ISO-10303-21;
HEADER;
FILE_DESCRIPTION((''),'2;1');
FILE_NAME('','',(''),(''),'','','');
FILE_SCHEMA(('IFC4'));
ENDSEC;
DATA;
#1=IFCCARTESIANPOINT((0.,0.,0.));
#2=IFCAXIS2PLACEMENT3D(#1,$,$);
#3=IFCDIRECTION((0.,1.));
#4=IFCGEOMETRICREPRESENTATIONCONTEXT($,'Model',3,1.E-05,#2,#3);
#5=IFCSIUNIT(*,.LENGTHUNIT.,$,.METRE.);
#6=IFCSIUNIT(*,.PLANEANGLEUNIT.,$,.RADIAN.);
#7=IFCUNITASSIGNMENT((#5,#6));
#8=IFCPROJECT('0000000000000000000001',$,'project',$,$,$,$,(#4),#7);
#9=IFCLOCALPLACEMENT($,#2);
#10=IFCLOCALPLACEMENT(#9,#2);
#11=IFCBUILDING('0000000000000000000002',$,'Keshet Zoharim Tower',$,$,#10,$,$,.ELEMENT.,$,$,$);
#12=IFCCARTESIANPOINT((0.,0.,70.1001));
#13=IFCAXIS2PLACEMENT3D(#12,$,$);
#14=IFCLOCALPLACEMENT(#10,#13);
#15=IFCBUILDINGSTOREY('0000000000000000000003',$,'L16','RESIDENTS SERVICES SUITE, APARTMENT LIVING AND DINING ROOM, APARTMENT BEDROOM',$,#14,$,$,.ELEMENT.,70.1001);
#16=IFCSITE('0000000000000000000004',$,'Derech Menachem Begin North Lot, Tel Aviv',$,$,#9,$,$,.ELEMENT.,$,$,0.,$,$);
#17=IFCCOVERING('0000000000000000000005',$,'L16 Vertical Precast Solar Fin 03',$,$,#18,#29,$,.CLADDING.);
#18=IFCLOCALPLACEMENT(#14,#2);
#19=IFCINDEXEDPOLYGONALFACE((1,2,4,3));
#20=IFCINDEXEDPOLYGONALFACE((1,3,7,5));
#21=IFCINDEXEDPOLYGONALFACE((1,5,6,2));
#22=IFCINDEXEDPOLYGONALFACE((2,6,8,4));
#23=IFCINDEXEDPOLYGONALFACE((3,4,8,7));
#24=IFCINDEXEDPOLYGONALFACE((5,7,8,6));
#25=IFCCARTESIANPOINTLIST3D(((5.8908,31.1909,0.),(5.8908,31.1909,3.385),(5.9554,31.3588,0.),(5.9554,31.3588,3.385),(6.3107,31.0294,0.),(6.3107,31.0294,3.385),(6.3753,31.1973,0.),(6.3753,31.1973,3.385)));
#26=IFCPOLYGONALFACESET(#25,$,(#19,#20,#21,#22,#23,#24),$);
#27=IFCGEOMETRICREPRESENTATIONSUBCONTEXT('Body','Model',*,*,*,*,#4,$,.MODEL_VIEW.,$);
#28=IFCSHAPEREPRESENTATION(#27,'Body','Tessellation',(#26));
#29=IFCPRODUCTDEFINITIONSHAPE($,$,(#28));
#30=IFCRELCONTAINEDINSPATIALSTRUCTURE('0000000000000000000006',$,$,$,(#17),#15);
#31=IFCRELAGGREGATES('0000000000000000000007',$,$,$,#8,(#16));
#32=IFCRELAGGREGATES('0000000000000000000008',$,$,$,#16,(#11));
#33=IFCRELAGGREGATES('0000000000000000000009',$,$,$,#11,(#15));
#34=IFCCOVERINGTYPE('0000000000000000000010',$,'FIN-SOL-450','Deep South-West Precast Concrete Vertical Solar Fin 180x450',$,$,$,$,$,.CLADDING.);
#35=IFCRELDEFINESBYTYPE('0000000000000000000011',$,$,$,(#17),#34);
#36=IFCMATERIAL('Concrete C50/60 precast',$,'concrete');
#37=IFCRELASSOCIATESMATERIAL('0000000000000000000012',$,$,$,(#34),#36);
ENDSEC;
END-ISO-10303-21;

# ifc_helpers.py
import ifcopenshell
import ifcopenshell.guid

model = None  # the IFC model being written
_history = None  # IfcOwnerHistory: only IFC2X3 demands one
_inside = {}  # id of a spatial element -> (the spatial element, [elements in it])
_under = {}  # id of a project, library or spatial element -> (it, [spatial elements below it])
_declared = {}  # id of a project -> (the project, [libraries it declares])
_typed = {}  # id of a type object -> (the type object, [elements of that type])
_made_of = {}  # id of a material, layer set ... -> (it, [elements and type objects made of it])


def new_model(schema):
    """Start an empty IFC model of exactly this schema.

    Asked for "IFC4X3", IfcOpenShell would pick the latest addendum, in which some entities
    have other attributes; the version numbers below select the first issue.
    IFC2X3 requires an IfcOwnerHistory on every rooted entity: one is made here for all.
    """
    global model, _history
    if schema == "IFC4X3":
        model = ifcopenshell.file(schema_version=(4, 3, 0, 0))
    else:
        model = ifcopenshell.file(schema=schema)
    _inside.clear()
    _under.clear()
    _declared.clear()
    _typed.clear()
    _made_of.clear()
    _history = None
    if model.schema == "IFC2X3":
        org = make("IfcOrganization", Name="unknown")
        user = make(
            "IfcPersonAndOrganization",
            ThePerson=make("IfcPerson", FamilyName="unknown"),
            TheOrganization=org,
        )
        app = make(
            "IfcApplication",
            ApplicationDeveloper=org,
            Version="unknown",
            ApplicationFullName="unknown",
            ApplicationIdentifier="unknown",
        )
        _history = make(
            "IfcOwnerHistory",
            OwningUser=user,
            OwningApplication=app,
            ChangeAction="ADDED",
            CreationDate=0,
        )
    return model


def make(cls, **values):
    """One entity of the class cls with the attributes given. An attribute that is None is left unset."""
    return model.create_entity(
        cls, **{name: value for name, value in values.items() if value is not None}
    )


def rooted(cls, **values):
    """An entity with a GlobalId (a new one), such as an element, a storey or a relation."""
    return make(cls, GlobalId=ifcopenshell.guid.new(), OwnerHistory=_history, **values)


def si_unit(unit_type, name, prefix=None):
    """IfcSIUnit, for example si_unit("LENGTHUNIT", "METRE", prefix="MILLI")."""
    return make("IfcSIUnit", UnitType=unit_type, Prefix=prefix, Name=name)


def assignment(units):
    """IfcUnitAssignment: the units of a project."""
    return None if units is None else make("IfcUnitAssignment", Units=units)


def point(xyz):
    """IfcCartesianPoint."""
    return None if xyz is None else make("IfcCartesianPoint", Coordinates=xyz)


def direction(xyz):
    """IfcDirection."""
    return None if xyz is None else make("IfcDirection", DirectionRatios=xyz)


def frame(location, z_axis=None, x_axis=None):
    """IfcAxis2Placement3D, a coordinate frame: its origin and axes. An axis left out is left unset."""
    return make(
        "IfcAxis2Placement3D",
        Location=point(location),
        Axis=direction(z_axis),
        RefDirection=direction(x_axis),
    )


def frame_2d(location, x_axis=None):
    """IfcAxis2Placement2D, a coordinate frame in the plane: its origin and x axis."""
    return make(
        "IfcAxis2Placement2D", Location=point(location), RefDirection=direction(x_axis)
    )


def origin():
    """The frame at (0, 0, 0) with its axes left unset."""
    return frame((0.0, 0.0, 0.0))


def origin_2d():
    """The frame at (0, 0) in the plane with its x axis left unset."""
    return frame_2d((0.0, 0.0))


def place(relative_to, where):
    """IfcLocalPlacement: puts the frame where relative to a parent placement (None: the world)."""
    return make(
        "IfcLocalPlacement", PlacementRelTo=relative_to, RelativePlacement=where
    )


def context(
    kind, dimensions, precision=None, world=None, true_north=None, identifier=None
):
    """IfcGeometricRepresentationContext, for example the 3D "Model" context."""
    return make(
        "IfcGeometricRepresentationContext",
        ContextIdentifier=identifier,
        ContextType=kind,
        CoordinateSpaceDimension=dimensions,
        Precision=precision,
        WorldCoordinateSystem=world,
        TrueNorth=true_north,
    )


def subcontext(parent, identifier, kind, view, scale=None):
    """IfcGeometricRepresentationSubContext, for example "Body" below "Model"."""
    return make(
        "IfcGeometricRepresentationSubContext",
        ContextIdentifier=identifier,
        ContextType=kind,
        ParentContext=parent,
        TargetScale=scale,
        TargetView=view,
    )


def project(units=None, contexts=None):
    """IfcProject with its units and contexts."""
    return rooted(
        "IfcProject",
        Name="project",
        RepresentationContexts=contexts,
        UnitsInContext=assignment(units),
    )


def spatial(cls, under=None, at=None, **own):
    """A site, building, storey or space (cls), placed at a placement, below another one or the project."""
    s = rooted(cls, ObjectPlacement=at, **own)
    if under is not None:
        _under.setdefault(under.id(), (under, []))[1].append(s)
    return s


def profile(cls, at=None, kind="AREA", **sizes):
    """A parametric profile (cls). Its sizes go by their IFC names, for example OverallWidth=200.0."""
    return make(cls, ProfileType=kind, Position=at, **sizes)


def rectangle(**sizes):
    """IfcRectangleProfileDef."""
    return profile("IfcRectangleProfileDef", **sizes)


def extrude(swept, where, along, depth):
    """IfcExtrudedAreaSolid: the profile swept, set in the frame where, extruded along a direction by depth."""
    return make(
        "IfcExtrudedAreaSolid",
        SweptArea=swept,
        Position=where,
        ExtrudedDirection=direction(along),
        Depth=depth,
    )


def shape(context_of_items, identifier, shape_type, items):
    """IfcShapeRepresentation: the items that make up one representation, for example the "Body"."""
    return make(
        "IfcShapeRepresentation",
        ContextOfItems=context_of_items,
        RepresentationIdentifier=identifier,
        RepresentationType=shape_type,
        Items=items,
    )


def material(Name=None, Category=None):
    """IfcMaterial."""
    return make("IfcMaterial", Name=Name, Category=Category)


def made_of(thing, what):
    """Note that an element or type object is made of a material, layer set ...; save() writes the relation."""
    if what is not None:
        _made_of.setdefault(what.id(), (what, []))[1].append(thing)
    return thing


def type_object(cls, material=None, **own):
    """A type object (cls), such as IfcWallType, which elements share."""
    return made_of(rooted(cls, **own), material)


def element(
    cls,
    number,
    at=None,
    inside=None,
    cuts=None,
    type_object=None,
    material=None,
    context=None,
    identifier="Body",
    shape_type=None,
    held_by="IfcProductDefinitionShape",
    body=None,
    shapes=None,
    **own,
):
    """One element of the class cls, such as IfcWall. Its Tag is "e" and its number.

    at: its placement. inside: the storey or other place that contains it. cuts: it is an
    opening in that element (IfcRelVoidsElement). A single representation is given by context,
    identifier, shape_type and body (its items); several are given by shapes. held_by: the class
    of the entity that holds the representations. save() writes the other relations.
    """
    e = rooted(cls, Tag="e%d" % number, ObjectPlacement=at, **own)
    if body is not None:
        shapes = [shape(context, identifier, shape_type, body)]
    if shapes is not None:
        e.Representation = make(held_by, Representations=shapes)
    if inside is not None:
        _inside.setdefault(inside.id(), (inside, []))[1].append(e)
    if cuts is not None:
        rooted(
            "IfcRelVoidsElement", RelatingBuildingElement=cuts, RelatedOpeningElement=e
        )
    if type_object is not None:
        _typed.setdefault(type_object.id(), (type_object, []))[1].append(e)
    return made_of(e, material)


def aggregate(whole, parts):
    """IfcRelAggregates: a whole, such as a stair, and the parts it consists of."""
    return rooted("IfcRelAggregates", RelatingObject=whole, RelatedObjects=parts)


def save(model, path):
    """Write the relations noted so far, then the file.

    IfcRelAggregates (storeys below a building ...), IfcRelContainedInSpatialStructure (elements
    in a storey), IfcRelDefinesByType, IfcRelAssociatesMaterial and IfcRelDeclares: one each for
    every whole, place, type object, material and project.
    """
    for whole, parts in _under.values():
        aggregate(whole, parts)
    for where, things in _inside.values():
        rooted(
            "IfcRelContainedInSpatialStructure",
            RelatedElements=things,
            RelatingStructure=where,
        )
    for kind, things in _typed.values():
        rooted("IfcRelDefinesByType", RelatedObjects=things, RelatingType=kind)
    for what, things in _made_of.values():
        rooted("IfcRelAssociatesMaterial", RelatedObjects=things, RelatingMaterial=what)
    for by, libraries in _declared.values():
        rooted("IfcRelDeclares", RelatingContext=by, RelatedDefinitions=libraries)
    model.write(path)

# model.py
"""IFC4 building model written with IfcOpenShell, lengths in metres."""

from ifc_helpers import new_model, si_unit, direction, frame, origin, origin_2d, place, context, subcontext, project, spatial, rectangle, extrude, material, type_object, element, save


model = new_model("IFC4")

# Units and contexts
model_context = context("Model", 3, precision=1e-05, world=origin(), true_north=direction((0.0, 1.0)))
body_context = subcontext(model_context, "Body", "Model", "MODEL_VIEW")
ifc_project = project(units=[si_unit("LENGTHUNIT", "METRE"), si_unit("PLANEANGLEUNIT", "RADIAN")], contexts=[model_context])

# Site, building, storey
site_placement = place(None, origin())
site = spatial("IfcSite", under=ifc_project, at=site_placement, Name="Derech Menachem Begin North Lot, Tel Aviv", CompositionType="ELEMENT", RefElevation=0.0)
building_placement = place(site_placement, origin())
building = spatial("IfcBuilding", under=site, at=building_placement, Name="Keshet Zoharim Tower", CompositionType="ELEMENT")
storey_placement = place(building_placement, frame((0.0, 0.0, 70.1001)))
storey = spatial("IfcBuildingStorey", under=building, at=storey_placement, Name="L16", Description="RESIDENTS SERVICES SUITE, APARTMENT LIVING AND DINING ROOM, APARTMENT BEDROOM", CompositionType="ELEMENT", Elevation=70.1001)

# Covering
ifc_material_1 = material(Name="Concrete C50/60 precast", Category="concrete")
covering_type = type_object("IfcCoveringType", Name="FIN-SOL-450", Description="Deep South-West Precast Concrete Vertical Solar Fin 180x450", PredefinedType="CLADDING", material=ifc_material_1)
covering_placement = place(storey_placement, frame((6.1331, 31.1941, 0.0), z_axis=(0.0, 0.0, 1.0), x_axis=(0.35899, 0.933341, 0.0)))
element("IfcCovering", 1, at=covering_placement, inside=storey, type_object=covering_type, Name="L16 Vertical Precast Solar Fin 03", PredefinedType="CLADDING", context=body_context, shape_type="SweptSolid", body=[
    extrude(rectangle(XDim=0.1799, YDim=0.45, at=origin_2d()), origin(), (0.0, 0.0, 1.0), 3.385),
])

save(model, "model.ifc")
